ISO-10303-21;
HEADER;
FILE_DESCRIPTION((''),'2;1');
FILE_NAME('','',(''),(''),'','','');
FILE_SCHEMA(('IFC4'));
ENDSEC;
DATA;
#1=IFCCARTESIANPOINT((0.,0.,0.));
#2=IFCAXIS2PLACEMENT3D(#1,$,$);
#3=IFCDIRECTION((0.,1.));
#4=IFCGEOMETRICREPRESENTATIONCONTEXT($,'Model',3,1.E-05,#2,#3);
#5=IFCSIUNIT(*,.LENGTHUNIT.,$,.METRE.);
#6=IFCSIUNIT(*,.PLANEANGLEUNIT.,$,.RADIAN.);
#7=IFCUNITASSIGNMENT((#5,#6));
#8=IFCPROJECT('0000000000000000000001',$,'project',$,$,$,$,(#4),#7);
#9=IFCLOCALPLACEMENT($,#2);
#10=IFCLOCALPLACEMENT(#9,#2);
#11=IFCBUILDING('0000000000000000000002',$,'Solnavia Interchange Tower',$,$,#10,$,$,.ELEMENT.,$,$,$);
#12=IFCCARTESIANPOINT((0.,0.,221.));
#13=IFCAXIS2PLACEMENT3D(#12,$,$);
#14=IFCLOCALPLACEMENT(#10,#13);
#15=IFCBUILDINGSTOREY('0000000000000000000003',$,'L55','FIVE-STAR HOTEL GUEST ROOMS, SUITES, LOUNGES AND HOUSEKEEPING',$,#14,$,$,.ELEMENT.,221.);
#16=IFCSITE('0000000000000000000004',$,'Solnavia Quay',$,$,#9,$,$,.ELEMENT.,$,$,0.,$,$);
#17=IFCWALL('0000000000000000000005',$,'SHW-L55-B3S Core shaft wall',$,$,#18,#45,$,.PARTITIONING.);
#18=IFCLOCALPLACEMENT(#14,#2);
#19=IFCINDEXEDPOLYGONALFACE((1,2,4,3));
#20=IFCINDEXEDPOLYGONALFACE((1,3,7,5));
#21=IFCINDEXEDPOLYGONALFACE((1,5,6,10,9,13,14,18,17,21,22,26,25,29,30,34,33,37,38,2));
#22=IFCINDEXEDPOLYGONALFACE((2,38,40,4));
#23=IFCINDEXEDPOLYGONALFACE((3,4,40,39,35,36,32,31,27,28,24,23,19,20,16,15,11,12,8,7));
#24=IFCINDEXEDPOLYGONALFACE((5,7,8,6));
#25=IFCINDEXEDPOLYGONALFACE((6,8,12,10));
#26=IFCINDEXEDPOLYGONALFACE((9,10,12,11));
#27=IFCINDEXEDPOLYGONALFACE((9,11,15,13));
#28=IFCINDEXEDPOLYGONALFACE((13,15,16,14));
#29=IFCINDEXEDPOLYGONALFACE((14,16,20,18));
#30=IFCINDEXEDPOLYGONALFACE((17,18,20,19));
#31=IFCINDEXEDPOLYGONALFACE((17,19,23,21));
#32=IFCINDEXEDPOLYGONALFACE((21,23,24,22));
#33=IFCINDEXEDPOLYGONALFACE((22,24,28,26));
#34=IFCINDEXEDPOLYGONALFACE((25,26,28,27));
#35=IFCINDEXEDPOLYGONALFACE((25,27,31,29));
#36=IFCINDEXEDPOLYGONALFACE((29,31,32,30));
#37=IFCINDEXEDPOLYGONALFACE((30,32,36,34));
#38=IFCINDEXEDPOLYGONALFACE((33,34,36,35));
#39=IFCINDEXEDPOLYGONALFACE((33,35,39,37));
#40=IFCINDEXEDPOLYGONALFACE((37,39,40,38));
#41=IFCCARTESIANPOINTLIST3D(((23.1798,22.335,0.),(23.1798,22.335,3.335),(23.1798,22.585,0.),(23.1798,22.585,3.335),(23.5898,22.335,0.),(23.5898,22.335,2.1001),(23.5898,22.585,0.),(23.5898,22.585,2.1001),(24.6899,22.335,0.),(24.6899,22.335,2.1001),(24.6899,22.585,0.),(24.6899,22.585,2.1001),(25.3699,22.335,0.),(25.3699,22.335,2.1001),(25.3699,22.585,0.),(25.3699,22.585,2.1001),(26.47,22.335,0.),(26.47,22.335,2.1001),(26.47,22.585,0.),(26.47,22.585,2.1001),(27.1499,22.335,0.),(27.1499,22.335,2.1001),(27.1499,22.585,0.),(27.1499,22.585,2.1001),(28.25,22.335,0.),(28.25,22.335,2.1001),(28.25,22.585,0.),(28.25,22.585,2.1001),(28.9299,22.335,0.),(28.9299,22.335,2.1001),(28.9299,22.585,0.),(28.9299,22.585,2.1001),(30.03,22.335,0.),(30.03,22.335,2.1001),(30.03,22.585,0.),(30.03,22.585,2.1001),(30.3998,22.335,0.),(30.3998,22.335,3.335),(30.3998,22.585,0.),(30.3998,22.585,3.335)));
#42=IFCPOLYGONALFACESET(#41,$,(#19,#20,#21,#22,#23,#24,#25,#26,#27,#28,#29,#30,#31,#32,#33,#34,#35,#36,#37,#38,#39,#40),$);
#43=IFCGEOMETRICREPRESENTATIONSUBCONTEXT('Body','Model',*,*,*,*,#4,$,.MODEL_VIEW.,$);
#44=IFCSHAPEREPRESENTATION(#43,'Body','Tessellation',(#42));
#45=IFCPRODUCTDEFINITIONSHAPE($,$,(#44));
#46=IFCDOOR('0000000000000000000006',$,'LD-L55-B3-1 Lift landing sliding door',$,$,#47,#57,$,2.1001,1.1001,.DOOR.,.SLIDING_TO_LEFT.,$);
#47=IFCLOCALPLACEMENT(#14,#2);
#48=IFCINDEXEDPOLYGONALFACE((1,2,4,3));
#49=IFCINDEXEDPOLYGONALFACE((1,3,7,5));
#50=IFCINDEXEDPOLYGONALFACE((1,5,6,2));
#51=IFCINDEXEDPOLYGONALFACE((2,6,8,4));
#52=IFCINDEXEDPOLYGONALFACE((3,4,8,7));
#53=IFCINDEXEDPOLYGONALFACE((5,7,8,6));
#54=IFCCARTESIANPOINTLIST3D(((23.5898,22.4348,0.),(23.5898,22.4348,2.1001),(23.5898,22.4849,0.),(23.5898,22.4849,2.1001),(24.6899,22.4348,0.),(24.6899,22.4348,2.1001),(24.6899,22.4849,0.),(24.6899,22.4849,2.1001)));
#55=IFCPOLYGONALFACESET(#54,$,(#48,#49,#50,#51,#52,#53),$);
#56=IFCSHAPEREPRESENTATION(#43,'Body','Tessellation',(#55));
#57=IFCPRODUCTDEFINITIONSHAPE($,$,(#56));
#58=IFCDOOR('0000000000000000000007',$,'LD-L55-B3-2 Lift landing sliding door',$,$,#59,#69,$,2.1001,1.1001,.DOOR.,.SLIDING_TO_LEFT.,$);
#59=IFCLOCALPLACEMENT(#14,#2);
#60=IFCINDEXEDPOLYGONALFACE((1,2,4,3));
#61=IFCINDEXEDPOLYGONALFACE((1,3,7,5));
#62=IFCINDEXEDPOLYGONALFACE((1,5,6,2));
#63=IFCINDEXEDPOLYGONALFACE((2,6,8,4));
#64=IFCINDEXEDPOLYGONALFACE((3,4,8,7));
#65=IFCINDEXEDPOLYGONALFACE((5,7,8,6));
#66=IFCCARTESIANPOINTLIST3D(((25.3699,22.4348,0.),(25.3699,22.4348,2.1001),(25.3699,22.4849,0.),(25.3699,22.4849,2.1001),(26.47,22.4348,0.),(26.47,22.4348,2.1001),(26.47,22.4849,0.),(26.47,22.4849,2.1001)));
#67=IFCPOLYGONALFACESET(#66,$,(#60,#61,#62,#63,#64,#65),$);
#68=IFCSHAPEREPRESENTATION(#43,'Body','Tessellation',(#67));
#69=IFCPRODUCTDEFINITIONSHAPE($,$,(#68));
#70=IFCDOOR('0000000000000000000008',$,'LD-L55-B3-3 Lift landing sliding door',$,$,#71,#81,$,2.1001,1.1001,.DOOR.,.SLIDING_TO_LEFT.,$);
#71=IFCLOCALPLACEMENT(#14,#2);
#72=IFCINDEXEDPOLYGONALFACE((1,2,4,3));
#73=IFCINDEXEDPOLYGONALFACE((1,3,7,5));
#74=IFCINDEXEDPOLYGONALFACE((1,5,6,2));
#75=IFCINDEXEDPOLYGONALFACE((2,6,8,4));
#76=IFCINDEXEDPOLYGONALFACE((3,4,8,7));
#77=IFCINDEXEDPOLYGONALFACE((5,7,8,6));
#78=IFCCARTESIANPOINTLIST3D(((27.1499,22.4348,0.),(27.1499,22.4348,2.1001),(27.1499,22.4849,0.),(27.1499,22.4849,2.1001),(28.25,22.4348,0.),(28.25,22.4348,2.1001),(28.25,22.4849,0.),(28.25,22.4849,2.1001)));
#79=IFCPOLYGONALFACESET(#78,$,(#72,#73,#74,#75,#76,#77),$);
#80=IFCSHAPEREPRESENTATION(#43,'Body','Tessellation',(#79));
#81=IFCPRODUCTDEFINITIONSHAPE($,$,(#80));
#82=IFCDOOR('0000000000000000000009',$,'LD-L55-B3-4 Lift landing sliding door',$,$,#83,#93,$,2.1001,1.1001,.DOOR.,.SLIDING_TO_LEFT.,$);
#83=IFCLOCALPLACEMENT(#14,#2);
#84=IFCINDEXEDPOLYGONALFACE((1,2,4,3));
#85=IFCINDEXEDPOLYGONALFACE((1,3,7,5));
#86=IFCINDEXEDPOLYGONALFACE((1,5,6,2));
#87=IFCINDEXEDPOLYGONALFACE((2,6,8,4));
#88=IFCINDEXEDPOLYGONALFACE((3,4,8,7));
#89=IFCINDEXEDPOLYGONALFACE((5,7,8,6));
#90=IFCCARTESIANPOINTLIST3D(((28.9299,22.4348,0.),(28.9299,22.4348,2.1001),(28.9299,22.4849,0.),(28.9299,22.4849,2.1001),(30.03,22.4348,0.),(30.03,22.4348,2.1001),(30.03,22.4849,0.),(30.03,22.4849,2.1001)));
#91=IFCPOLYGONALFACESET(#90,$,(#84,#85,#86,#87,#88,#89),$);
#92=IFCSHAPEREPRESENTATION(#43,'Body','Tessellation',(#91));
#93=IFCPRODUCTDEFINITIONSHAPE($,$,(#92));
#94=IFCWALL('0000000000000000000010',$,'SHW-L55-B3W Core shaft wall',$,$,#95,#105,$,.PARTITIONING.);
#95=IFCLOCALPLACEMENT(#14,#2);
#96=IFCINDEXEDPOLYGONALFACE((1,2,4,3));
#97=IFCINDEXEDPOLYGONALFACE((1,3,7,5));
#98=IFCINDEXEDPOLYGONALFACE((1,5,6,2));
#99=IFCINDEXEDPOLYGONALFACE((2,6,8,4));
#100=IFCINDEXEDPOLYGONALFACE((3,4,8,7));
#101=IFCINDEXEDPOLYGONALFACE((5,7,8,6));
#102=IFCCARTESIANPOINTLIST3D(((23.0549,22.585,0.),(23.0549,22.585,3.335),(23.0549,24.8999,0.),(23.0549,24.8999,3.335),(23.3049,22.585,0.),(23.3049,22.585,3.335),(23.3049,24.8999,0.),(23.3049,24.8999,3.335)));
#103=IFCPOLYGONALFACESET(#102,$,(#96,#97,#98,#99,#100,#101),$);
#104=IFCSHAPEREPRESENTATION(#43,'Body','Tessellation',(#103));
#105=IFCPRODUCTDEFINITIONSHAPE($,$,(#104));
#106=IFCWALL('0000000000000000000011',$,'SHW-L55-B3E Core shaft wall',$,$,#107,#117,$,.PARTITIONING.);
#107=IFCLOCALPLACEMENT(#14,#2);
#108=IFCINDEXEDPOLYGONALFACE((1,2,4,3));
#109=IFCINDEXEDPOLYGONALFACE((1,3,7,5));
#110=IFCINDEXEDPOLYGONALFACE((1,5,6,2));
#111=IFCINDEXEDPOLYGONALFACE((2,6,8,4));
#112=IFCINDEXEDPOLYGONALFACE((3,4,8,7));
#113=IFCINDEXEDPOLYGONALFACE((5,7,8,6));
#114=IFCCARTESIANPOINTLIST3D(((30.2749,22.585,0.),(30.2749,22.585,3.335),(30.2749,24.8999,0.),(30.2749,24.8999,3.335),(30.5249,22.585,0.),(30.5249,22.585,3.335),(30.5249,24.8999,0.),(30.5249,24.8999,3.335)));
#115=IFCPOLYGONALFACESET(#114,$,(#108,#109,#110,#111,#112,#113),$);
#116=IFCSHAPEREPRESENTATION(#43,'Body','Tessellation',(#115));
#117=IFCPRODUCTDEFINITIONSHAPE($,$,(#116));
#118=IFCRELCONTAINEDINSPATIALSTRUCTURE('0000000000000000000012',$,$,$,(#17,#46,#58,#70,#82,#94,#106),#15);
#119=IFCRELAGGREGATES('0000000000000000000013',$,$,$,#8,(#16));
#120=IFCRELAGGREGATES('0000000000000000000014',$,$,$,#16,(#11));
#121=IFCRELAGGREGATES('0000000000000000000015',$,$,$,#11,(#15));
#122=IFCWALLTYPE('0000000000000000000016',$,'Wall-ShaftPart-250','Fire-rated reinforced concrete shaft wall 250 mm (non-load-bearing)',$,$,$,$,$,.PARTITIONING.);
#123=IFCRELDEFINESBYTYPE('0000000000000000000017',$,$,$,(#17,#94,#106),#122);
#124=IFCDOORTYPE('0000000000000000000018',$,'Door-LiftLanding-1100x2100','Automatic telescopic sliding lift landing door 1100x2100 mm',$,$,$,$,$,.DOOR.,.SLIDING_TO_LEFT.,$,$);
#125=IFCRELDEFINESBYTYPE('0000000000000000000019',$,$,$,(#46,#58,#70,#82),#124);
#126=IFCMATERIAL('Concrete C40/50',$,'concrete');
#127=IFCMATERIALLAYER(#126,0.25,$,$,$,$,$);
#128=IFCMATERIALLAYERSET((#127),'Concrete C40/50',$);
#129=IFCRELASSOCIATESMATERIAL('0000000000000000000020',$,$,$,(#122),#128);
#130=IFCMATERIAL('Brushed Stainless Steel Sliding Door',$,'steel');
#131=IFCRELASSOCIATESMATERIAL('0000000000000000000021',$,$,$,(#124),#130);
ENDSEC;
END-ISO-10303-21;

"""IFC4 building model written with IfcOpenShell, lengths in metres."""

from ifc_helpers import new_model, si_unit, direction, frame, frame_2d, origin, place, context, subcontext, project, spatial, rectangle, extrude, material, layer, layer_set, type_object, element, fill, save


model = new_model("IFC4")

# Units and contexts
model_context = context("Model", 3, precision=1e-05, world=origin(), true_north=direction((0.0, 1.0)))
body_context = subcontext(model_context, "Body", "Model", "MODEL_VIEW")
ifc_project = project(units=[si_unit("LENGTHUNIT", "METRE"), si_unit("PLANEANGLEUNIT", "RADIAN")], contexts=[model_context])

# Site, building, storey
site_placement = place(None, origin())
site = spatial("IfcSite", under=ifc_project, at=site_placement, Name="Solnavia Quay", CompositionType="ELEMENT", RefElevation=0.0)
building_placement = place(site_placement, origin())
building = spatial("IfcBuilding", under=site, at=building_placement, Name="Solnavia Interchange Tower", CompositionType="ELEMENT")
storey_placement = place(building_placement, frame((0.0, 0.0, 221.0)))
storey = spatial("IfcBuildingStorey", under=building, at=storey_placement, Name="L55", Description="FIVE-STAR HOTEL GUEST ROOMS, SUITES, LOUNGES AND HOUSEKEEPING", CompositionType="ELEMENT", Elevation=221.0)

# Shared definitions
ifc_material_1 = material(Name="Concrete C40/50", Category="concrete")

# Shared definitions
ifc_layer_1 = layer(ifc_material_1, 0.25)
ifc_layer_set_1 = layer_set([ifc_layer_1], Name="Concrete C40/50")
wall_type_1 = type_object("IfcWallType", Name="Wall-ShaftPart-250", Description="Fire-rated reinforced concrete shaft wall 250 mm (non-load-bearing)", PredefinedType="PARTITIONING", material=ifc_layer_set_1)

# Shared definitions
ifc_material_2 = material(Name="Brushed Stainless Steel Sliding Door", Category="steel")
door_type_1 = type_object("IfcDoorType", Name="Door-LiftLanding-1100x2100", Description="Automatic telescopic sliding lift landing door 1100x2100 mm", OperationType="SLIDING_TO_LEFT", PredefinedType="DOOR", material=ifc_material_2)

# Wall, openings, doors
wall_1_placement = place(storey_placement, frame((23.1799, 22.46, 0.0), z_axis=(0.0, 0.0, 1.0), x_axis=(1.0, 0.0, 0.0)))
wall_1 = element("IfcWall", 1, at=wall_1_placement, inside=storey, type_object=wall_type_1, Name="SHW-L55-B3S Core shaft wall", PredefinedType="PARTITIONING", context=body_context, shape_type="SweptSolid", body=[
    extrude(rectangle(XDim=7.22, YDim=0.25, at=frame_2d((3.6099, 0.0))), origin(), (0.0, 0.0, 1.0), 3.335),
])
opening_1_placement = place(wall_1_placement, frame((0.4099, 0.0, 0.0)))
opening_1 = element("IfcOpeningElement", 2, at=opening_1_placement, cuts=wall_1, PredefinedType="OPENING", context=body_context, shape_type="SweptSolid", body=[
    extrude(rectangle(XDim=1.1001, YDim=2.1001, at=frame_2d((0.55, 1.05))), frame((0.0, 0.135, 0.0), z_axis=(0.0, -1.0, 0.0), x_axis=(1.0, 0.0, 0.0)), (0.0, 0.0, 1.0), 0.27),
])
opening_2_placement = place(wall_1_placement, frame((2.1899, 0.0, 0.0)))
opening_2 = element("IfcOpeningElement", 3, at=opening_2_placement, cuts=wall_1, PredefinedType="OPENING", context=body_context, shape_type="SweptSolid", body=[
    extrude(rectangle(XDim=1.1001, YDim=2.1001, at=frame_2d((0.55, 1.05))), frame((0.0, 0.135, 0.0), z_axis=(0.0, -1.0, 0.0), x_axis=(1.0, 0.0, 0.0)), (0.0, 0.0, 1.0), 0.27),
])
opening_3_placement = place(wall_1_placement, frame((3.97, 0.0, 0.0)))
opening_3 = element("IfcOpeningElement", 4, at=opening_3_placement, cuts=wall_1, PredefinedType="OPENING", context=body_context, shape_type="SweptSolid", body=[
    extrude(rectangle(XDim=1.1001, YDim=2.1001, at=frame_2d((0.55, 1.05))), frame((0.0, 0.135, 0.0), z_axis=(0.0, -1.0, 0.0), x_axis=(1.0, 0.0, 0.0)), (0.0, 0.0, 1.0), 0.27),
])
opening_4_placement = place(wall_1_placement, frame((5.75, 0.0, 0.0)))
opening_4 = element("IfcOpeningElement", 5, at=opening_4_placement, cuts=wall_1, PredefinedType="OPENING", context=body_context, shape_type="SweptSolid", body=[
    extrude(rectangle(XDim=1.1001, YDim=2.1001, at=frame_2d((0.55, 1.05))), frame((0.0, 0.135, 0.0), z_axis=(0.0, -1.0, 0.0), x_axis=(1.0, 0.0, 0.0)), (0.0, 0.0, 1.0), 0.27),
])
door_1_placement = place(opening_1_placement, origin())
door_1 = element("IfcDoor", 6, at=door_1_placement, inside=storey, type_object=door_type_1, Name="LD-L55-B3-1 Lift landing sliding door", OperationType="SLIDING_TO_LEFT", OverallHeight=2.1001, OverallWidth=1.1001, PredefinedType="DOOR", context=body_context, shape_type="SweptSolid", body=[
    extrude(rectangle(XDim=1.1001, YDim=2.1001, at=frame_2d((0.55, 1.05))), frame((0.0, 0.0249, 0.0), z_axis=(0.0, -1.0, 0.0), x_axis=(1.0, 0.0, 0.0)), (0.0, 0.0, 1.0), 0.05),
])
fill(opening_1, door_1)
door_2_placement = place(opening_2_placement, origin())
door_2 = element("IfcDoor", 7, at=door_2_placement, inside=storey, type_object=door_type_1, Name="LD-L55-B3-2 Lift landing sliding door", OperationType="SLIDING_TO_LEFT", OverallHeight=2.1001, OverallWidth=1.1001, PredefinedType="DOOR", context=body_context, shape_type="SweptSolid", body=[
    extrude(rectangle(XDim=1.1001, YDim=2.1001, at=frame_2d((0.55, 1.05))), frame((0.0, 0.0249, 0.0), z_axis=(0.0, -1.0, 0.0), x_axis=(1.0, 0.0, 0.0)), (0.0, 0.0, 1.0), 0.05),
])
fill(opening_2, door_2)
door_3_placement = place(opening_3_placement, origin())
door_3 = element("IfcDoor", 8, at=door_3_placement, inside=storey, type_object=door_type_1, Name="LD-L55-B3-3 Lift landing sliding door", OperationType="SLIDING_TO_LEFT", OverallHeight=2.1001, OverallWidth=1.1001, PredefinedType="DOOR", context=body_context, shape_type="SweptSolid", body=[
    extrude(rectangle(XDim=1.1001, YDim=2.1001, at=frame_2d((0.55, 1.05))), frame((0.0, 0.0249, 0.0), z_axis=(0.0, -1.0, 0.0), x_axis=(1.0, 0.0, 0.0)), (0.0, 0.0, 1.0), 0.05),
])
fill(opening_3, door_3)
door_4_placement = place(opening_4_placement, origin())
door_4 = element("IfcDoor", 9, at=door_4_placement, inside=storey, type_object=door_type_1, Name="LD-L55-B3-4 Lift landing sliding door", OperationType="SLIDING_TO_LEFT", OverallHeight=2.1001, OverallWidth=1.1001, PredefinedType="DOOR", context=body_context, shape_type="SweptSolid", body=[
    extrude(rectangle(XDim=1.1001, YDim=2.1001, at=frame_2d((0.55, 1.05))), frame((0.0, 0.0249, 0.0), z_axis=(0.0, -1.0, 0.0), x_axis=(1.0, 0.0, 0.0)), (0.0, 0.0, 1.0), 0.05),
])
fill(opening_4, door_4)

# Walls
for number, where, z_axis, x_axis, name in (
    (10, (23.1799, 22.585, 0.0), (0.0, 0.0, 1.0), (0.0, 1.0, 0.0), "SHW-L55-B3W Core shaft wall"),
    (11, (30.3999, 22.585, 0.0), (0.0, 0.0, 1.0), (0.0, 1.0, 0.0), "SHW-L55-B3E Core shaft wall"),
):
    element("IfcWall", number, at=place(storey_placement, frame(where, z_axis=z_axis, x_axis=x_axis)), inside=storey, type_object=wall_type_1, Name=name, PredefinedType="PARTITIONING", context=body_context, shape_type="SweptSolid", body=[
        extrude(rectangle(XDim=2.3149, YDim=0.25, at=frame_2d((1.1575, 0.0))), origin(), (0.0, 0.0, 1.0), 3.335),
    ])

save(model, "model.ifc")
